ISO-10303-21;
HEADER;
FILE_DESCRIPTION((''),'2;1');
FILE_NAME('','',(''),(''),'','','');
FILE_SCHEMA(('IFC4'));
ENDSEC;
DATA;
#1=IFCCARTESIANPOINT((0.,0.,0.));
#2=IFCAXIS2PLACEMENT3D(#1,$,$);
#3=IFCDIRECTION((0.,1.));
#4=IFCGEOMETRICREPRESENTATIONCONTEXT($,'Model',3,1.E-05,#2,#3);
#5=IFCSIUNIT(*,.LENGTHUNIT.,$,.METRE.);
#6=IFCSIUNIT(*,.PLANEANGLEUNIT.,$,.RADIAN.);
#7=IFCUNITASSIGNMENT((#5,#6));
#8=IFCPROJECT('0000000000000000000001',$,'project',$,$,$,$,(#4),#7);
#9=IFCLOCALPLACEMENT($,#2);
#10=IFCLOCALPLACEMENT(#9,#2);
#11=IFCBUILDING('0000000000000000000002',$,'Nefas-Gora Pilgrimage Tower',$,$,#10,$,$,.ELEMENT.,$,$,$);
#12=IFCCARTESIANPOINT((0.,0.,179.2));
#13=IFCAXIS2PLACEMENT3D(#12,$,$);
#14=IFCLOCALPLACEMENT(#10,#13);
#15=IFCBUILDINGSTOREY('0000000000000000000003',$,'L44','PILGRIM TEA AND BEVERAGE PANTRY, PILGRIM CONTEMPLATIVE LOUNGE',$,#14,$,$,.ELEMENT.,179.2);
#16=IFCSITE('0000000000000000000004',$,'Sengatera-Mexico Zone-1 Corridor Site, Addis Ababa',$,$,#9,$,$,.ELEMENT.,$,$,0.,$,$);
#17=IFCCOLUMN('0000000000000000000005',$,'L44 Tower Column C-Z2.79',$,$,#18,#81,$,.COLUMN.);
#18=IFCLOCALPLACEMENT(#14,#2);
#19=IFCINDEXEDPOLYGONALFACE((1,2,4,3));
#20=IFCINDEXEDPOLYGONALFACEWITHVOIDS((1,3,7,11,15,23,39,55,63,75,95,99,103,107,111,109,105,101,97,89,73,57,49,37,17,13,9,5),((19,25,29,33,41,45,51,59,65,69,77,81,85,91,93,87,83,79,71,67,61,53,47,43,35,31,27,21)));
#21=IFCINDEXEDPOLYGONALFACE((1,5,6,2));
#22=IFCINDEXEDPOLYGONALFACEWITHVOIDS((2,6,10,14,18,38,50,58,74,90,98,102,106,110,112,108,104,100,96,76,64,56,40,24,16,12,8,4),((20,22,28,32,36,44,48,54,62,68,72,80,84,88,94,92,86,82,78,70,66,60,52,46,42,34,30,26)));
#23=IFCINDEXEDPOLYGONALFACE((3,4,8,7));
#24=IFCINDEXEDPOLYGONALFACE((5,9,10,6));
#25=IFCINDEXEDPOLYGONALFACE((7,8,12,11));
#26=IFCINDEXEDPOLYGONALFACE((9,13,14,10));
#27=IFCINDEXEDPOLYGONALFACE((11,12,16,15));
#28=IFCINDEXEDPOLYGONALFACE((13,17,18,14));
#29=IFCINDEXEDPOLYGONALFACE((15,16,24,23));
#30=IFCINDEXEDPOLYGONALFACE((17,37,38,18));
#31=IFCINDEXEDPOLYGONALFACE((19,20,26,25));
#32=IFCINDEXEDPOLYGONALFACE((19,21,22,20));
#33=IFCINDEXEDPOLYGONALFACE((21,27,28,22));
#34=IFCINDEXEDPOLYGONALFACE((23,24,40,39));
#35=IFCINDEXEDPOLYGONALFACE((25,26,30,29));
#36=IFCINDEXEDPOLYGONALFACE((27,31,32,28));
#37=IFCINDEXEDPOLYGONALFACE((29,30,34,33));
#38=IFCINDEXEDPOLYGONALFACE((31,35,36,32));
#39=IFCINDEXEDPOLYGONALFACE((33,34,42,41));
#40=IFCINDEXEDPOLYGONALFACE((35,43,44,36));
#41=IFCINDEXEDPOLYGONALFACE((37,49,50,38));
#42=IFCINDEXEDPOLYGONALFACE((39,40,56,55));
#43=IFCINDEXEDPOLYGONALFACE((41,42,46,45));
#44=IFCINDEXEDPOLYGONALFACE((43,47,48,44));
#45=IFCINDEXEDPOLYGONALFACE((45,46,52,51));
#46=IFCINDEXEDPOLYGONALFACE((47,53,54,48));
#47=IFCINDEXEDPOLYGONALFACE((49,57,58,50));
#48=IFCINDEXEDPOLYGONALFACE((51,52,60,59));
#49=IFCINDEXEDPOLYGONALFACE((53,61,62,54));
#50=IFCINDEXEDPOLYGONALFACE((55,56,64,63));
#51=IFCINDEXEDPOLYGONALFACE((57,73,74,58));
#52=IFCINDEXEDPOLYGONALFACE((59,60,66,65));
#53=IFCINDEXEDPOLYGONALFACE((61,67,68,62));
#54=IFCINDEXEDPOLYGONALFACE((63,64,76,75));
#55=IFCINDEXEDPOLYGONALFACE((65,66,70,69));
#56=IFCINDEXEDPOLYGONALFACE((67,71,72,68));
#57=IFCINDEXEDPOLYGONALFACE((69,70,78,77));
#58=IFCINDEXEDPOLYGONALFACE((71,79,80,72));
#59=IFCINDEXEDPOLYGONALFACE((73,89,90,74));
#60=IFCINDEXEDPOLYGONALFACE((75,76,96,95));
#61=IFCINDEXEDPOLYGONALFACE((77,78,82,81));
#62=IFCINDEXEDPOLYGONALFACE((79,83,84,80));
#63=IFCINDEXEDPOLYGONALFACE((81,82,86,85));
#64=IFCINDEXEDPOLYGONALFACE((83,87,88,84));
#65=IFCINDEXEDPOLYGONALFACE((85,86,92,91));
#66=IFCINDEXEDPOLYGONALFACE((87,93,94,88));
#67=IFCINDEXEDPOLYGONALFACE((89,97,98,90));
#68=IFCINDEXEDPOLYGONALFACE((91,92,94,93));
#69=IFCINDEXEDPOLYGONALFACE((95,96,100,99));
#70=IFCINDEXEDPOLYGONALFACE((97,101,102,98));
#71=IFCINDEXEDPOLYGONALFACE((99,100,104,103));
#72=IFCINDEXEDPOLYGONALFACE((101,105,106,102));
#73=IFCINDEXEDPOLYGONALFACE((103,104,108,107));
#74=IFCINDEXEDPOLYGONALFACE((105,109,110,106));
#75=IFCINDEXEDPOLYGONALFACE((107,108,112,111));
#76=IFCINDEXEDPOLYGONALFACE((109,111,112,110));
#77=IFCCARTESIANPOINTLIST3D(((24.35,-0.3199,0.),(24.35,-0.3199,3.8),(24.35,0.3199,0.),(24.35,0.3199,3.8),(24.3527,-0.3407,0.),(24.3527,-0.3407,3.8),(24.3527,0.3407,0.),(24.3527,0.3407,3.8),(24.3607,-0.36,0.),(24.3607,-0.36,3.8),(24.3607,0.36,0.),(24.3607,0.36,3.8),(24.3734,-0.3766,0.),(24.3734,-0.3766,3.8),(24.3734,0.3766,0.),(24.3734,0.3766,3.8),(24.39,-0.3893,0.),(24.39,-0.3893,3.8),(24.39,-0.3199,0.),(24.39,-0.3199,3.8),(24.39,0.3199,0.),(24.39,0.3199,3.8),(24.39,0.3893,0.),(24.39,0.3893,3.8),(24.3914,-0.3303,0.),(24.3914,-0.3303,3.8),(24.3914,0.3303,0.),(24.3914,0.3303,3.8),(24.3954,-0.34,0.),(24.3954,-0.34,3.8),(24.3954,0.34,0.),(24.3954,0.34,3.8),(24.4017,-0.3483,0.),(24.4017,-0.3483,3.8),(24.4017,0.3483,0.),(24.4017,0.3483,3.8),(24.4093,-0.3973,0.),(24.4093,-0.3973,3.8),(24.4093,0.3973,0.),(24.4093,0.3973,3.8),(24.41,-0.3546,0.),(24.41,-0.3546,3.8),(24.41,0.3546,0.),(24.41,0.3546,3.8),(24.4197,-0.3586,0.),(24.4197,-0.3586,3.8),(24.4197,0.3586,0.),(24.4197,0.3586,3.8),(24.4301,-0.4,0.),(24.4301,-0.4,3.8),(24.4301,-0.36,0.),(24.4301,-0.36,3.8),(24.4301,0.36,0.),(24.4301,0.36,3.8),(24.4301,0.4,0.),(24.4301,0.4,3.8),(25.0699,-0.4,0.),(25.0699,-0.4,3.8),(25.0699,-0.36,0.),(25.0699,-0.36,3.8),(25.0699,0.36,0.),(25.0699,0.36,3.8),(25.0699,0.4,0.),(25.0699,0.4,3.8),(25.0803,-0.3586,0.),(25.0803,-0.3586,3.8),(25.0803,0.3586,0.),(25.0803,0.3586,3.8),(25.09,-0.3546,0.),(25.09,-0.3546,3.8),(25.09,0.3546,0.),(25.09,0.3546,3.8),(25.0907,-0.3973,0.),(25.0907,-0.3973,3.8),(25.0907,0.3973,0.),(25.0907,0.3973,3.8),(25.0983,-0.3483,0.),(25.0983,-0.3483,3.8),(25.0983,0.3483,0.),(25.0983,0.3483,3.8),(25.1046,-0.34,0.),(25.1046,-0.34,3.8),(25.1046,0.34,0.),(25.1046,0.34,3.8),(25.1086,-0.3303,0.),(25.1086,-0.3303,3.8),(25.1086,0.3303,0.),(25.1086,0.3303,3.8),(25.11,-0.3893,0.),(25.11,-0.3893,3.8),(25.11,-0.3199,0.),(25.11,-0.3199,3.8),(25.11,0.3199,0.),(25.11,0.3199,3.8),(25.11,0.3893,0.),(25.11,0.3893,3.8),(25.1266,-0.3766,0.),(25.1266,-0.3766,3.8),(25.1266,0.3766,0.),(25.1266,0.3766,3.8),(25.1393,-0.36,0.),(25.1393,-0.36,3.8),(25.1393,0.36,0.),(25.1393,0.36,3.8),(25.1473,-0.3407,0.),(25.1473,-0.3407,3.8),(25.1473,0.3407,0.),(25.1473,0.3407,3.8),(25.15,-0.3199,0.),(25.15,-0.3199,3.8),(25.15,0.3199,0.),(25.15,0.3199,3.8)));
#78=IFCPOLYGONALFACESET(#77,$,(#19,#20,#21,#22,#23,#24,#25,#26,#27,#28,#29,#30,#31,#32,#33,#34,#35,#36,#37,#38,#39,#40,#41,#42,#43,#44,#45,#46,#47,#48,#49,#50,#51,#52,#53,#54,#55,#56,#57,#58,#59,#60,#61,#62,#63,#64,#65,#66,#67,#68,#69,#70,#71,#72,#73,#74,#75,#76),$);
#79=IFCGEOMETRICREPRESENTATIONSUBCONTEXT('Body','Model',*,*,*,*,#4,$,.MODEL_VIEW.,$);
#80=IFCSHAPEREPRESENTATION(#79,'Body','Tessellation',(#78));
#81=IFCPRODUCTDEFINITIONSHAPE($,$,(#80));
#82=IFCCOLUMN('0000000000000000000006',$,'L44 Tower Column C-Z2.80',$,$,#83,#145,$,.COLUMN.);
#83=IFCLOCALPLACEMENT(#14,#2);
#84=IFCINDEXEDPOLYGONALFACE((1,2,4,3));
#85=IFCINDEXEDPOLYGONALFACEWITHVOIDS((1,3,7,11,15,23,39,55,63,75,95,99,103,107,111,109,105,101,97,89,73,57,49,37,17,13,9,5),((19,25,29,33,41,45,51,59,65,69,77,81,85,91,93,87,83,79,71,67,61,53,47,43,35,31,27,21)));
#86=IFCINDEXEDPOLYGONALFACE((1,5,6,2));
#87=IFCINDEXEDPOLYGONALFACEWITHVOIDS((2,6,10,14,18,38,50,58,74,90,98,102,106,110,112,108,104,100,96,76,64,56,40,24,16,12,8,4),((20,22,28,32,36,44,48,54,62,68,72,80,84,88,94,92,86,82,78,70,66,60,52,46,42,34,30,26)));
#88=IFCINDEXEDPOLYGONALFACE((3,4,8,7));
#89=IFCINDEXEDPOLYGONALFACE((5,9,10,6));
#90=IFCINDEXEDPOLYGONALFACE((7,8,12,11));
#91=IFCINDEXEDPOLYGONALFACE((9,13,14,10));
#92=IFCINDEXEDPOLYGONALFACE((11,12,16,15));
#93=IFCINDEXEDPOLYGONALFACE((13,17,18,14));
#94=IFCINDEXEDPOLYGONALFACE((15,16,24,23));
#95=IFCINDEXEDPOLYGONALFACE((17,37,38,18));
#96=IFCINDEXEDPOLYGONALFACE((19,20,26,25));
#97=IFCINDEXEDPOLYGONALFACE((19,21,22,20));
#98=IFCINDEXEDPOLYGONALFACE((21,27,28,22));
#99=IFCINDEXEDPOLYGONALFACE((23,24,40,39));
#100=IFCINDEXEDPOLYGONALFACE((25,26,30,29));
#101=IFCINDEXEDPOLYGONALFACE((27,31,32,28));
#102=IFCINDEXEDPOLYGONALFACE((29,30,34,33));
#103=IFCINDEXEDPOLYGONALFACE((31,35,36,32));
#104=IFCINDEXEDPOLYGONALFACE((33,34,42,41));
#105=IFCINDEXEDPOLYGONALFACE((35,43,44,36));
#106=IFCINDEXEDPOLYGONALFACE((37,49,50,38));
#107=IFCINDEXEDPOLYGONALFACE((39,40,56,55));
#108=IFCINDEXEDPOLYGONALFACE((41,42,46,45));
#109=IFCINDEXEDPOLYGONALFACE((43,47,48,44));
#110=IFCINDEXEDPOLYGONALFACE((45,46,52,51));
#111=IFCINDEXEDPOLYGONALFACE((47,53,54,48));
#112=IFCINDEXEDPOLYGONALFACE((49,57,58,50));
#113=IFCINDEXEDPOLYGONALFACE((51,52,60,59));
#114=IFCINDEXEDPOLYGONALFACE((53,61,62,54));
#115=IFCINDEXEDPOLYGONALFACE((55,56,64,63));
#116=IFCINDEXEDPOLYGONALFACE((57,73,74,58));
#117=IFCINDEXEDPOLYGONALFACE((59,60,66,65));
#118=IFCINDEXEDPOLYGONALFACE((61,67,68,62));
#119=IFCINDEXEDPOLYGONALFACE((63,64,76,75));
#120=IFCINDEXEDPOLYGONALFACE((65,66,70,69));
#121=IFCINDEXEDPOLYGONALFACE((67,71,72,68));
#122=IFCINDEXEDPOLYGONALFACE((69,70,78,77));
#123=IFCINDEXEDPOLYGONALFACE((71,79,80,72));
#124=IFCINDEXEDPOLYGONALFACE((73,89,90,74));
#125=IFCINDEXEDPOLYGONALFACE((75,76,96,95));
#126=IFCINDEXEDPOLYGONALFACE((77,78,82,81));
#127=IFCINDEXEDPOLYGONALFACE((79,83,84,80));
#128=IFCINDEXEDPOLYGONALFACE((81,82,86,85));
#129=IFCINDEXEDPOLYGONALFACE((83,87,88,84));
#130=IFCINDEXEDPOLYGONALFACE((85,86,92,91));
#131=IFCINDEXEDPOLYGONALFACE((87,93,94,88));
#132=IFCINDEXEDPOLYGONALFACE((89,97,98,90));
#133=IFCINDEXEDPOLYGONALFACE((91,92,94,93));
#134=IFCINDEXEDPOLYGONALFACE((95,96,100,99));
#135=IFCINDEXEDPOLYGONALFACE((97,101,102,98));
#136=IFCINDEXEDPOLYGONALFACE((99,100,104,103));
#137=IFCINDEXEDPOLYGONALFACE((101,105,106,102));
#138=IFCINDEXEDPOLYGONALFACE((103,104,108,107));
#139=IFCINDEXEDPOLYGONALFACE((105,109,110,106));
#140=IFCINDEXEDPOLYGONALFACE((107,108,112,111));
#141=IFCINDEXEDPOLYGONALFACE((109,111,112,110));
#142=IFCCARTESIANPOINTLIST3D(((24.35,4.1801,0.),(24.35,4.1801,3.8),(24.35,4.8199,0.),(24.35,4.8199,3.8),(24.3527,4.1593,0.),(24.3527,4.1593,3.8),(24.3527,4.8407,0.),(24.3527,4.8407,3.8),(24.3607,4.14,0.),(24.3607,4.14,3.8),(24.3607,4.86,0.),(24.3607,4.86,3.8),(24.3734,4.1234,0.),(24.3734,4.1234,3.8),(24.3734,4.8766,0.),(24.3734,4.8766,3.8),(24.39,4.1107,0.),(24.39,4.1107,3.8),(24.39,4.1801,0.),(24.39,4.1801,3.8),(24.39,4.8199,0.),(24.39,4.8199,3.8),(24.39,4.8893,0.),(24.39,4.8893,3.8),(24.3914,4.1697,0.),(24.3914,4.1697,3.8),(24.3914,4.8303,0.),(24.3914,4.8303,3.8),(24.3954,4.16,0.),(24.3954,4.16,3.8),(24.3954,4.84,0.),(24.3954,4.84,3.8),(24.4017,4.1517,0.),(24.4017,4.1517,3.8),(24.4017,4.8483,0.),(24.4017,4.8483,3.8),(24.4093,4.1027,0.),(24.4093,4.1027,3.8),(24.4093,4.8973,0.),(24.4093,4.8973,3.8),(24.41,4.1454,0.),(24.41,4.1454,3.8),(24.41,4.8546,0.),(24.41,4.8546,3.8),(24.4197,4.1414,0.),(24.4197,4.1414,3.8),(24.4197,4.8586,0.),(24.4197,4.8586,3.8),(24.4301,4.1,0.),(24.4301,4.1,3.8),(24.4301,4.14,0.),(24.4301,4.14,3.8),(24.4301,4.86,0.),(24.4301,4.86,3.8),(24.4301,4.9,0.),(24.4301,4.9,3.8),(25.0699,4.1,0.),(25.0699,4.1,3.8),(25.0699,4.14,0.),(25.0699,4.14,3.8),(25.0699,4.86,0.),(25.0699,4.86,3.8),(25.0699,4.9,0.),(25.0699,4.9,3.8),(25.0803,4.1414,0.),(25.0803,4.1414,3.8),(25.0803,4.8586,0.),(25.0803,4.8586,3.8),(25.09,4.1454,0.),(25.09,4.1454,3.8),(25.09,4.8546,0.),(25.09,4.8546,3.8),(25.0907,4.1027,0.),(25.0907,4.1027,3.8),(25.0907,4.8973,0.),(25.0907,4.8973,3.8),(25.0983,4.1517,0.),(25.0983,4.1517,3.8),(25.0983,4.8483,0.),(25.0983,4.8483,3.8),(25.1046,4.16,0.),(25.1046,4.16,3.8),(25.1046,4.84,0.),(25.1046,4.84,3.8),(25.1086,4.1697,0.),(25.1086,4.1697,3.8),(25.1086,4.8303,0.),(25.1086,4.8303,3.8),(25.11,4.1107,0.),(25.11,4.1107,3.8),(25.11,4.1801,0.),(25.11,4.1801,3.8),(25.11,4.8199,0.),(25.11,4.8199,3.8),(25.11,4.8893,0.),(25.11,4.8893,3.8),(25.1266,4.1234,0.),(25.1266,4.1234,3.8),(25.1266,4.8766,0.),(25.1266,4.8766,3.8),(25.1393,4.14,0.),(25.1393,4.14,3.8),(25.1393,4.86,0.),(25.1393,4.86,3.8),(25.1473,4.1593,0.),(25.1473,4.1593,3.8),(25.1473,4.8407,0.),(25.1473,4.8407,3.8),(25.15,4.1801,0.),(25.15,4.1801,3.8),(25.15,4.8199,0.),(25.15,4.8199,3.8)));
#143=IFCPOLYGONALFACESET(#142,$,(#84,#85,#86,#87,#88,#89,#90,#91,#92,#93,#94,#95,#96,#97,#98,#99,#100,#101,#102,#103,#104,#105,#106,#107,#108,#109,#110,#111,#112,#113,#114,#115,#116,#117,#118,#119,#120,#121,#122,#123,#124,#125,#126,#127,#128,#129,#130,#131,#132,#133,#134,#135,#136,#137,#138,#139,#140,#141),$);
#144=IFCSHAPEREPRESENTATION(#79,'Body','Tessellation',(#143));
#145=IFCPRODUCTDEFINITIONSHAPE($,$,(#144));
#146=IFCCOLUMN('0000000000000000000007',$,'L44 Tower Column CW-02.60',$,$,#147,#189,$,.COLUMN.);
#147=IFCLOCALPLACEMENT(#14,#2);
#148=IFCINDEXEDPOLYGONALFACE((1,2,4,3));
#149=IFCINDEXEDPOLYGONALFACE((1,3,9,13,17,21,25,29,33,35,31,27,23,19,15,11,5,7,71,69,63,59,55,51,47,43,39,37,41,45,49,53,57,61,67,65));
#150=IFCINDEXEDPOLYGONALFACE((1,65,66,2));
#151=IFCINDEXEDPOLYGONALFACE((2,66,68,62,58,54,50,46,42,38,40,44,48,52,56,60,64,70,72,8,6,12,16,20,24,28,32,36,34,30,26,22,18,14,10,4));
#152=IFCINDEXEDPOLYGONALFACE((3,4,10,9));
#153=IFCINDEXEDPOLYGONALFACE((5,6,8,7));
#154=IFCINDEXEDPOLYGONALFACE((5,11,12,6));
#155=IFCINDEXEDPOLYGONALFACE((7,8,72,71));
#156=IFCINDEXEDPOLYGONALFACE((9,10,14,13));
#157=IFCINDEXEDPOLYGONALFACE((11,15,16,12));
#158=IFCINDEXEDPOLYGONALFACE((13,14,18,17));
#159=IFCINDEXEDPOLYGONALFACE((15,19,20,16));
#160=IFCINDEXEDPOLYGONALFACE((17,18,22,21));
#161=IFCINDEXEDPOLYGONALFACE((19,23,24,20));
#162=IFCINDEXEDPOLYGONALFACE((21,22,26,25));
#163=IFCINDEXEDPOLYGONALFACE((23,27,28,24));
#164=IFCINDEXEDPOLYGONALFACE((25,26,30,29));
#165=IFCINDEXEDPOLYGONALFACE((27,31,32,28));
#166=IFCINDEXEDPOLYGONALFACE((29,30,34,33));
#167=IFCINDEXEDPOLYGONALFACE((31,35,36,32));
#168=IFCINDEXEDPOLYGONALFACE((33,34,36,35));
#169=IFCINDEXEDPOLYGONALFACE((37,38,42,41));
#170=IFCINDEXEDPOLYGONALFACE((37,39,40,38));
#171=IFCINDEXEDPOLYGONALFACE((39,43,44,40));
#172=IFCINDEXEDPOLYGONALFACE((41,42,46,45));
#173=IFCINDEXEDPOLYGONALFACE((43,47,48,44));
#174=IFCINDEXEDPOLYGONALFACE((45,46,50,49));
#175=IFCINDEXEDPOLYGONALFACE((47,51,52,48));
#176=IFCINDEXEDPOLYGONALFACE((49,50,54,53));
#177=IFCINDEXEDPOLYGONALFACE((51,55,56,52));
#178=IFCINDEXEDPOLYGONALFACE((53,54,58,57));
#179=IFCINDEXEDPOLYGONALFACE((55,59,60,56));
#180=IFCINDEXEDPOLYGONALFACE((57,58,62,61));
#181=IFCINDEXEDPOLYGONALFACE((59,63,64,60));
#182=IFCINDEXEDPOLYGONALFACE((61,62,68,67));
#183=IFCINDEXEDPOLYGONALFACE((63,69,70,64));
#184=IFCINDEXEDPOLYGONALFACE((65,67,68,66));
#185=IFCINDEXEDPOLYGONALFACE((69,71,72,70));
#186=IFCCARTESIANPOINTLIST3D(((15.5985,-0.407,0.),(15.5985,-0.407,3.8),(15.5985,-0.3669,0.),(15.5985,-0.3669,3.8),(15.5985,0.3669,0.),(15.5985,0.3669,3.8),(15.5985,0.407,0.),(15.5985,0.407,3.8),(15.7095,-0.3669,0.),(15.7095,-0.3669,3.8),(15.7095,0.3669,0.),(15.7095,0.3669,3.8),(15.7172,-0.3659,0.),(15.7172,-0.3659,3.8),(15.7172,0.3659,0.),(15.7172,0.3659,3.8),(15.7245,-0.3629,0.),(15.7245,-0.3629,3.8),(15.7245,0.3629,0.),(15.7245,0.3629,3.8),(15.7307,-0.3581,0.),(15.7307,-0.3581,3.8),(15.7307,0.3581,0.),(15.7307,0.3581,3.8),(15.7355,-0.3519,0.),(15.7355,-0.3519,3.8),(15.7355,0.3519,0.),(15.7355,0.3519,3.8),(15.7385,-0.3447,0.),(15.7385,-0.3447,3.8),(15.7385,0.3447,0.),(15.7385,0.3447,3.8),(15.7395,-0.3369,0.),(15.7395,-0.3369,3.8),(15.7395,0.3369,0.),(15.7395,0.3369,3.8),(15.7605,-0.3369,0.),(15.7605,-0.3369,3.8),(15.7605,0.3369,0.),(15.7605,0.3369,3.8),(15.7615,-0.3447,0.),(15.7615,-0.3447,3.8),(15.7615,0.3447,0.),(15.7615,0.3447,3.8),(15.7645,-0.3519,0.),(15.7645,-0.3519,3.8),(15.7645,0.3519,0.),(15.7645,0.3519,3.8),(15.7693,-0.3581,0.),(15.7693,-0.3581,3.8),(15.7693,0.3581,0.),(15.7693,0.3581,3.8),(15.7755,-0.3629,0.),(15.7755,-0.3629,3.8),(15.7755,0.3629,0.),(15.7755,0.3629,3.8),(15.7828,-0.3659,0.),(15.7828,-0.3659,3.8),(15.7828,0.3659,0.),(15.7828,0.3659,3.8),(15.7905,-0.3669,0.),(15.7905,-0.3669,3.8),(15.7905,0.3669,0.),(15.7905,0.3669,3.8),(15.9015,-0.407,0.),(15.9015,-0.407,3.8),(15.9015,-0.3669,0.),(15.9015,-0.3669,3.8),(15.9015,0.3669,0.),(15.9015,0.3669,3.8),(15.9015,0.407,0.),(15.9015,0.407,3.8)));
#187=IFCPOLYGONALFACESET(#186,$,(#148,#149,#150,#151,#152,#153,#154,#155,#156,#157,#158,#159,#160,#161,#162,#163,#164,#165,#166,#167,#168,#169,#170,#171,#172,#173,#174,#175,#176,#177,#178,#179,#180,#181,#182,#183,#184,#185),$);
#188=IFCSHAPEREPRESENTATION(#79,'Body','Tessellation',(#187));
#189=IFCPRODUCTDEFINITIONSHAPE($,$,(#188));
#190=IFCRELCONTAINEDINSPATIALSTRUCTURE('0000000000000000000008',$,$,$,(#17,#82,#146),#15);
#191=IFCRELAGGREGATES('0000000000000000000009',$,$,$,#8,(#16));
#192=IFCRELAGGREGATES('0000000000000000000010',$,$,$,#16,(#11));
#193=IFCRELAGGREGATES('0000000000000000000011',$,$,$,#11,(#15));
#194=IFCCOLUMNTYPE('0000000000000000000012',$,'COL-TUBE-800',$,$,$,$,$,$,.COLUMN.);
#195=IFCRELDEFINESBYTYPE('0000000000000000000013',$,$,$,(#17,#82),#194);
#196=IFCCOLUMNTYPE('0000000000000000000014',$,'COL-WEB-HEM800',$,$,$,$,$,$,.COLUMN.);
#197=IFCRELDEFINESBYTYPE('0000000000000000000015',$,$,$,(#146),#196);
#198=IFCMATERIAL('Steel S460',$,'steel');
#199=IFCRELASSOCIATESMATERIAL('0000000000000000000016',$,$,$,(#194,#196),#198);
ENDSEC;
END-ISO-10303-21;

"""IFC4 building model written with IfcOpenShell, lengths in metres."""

from ifc_helpers import new_model, si_unit, direction, frame, origin, origin_2d, place, context, subcontext, project, spatial, hollow_rectangle, i_section, extrude, source, transform, mapped, material, material_profile, profile_set, type_object, element, save


model = new_model("IFC4")

# Units and contexts
model_context = context("Model", 3, precision=1e-05, world=origin(), true_north=direction((0.0, 1.0)))
body_context = subcontext(model_context, "Body", "Model", "MODEL_VIEW")
ifc_project = project(units=[si_unit("LENGTHUNIT", "METRE"), si_unit("PLANEANGLEUNIT", "RADIAN")], contexts=[model_context])

# Site, building, storey
site_placement = place(None, origin())
site = spatial("IfcSite", under=ifc_project, at=site_placement, Name="Sengatera-Mexico Zone-1 Corridor Site, Addis Ababa", CompositionType="ELEMENT", RefElevation=0.0)
building_placement = place(site_placement, origin())
building = spatial("IfcBuilding", under=site, at=building_placement, Name="Nefas-Gora Pilgrimage Tower", CompositionType="ELEMENT")
storey_placement = place(building_placement, frame((0.0, 0.0, 179.2)))
storey = spatial("IfcBuildingStorey", under=building, at=storey_placement, Name="L44", Description="PILGRIM TEA AND BEVERAGE PANTRY, PILGRIM CONTEMPLATIVE LOUNGE", CompositionType="ELEMENT", Elevation=179.2)

# Columns
ifc_material_1 = material(Name="Steel S460", Category="steel")
ifc_material_profile_1 = material_profile(ifc_material_1, hollow_rectangle(XDim=0.8, YDim=0.8, WallThickness=0.04, InnerFilletRadius=0.04, OuterFilletRadius=0.0801, at=origin_2d()), Name="BOX 800x800x40")
ifc_profile_set_1 = profile_set([ifc_material_profile_1], Name="Steel S460")
column_type_1 = type_object("IfcColumnType", Name="COL-TUBE-800", PredefinedType="COLUMN", material=ifc_profile_set_1)
shared_shape_1 = source(origin(), body_context, "Body", "SweptSolid", [
    extrude(hollow_rectangle(XDim=0.8, YDim=0.8, WallThickness=0.04, InnerFilletRadius=0.04, OuterFilletRadius=0.0801, at=origin_2d()), origin(), (0.0, 0.0, 1.0), 3.8),
])
for number, where, z_axis, x_axis, name in (
    (1, (24.75, 0.0, 0.0), (0.0, 0.0, 1.0), (1.0, 0.0, 0.0), "L44 Tower Column C-Z2.79"),
    (2, (24.75, 4.5, 0.0), (0.0, 0.0, 1.0), (1.0, 0.0, 0.0), "L44 Tower Column C-Z2.80"),
):
    element("IfcColumn", number, at=place(storey_placement, frame(where, z_axis=z_axis, x_axis=x_axis)), inside=storey, type_object=column_type_1, Name=name, PredefinedType="COLUMN", context=body_context, shape_type="MappedRepresentation", body=[
        mapped(shared_shape_1, transform((0.0, 0.0, 0.0), x_axis=(1.0, 0.0, 0.0), y_axis=(0.0, 1.0, 0.0), z_axis=(0.0, 0.0, 1.0), scale=1.0)),
    ])
ifc_material_profile_2 = material_profile(ifc_material_1, i_section(OverallWidth=0.303, OverallDepth=0.814, WebThickness=0.021, FlangeThickness=0.04, FilletRadius=0.03, at=origin_2d()), Name="HEM 800")
ifc_profile_set_2 = profile_set([ifc_material_profile_2], Name="Steel S460")
column_type_2 = type_object("IfcColumnType", Name="COL-WEB-HEM800", PredefinedType="COLUMN", material=ifc_profile_set_2)
shared_shape_2 = source(origin(), body_context, "Body", "SweptSolid", [
    extrude(i_section(OverallWidth=0.303, OverallDepth=0.814, WebThickness=0.021, FlangeThickness=0.04, FilletRadius=0.03, at=origin_2d()), origin(), (0.0, 0.0, 1.0), 3.8),
])
for number, where, z_axis, x_axis, name in (
    (3, (15.75, 0.0, 0.0), (0.0, 0.0, 1.0), (1.0, 0.0, 0.0), "L44 Tower Column CW-02.60"),
):
    element("IfcColumn", number, at=place(storey_placement, frame(where, z_axis=z_axis, x_axis=x_axis)), inside=storey, type_object=column_type_2, Name=name, PredefinedType="COLUMN", context=body_context, shape_type="MappedRepresentation", body=[
        mapped(shared_shape_2, transform((0.0, 0.0, 0.0), x_axis=(1.0, 0.0, 0.0), y_axis=(0.0, 1.0, 0.0), z_axis=(0.0, 0.0, 1.0), scale=1.0)),
    ])

save(model, "model.ifc")
